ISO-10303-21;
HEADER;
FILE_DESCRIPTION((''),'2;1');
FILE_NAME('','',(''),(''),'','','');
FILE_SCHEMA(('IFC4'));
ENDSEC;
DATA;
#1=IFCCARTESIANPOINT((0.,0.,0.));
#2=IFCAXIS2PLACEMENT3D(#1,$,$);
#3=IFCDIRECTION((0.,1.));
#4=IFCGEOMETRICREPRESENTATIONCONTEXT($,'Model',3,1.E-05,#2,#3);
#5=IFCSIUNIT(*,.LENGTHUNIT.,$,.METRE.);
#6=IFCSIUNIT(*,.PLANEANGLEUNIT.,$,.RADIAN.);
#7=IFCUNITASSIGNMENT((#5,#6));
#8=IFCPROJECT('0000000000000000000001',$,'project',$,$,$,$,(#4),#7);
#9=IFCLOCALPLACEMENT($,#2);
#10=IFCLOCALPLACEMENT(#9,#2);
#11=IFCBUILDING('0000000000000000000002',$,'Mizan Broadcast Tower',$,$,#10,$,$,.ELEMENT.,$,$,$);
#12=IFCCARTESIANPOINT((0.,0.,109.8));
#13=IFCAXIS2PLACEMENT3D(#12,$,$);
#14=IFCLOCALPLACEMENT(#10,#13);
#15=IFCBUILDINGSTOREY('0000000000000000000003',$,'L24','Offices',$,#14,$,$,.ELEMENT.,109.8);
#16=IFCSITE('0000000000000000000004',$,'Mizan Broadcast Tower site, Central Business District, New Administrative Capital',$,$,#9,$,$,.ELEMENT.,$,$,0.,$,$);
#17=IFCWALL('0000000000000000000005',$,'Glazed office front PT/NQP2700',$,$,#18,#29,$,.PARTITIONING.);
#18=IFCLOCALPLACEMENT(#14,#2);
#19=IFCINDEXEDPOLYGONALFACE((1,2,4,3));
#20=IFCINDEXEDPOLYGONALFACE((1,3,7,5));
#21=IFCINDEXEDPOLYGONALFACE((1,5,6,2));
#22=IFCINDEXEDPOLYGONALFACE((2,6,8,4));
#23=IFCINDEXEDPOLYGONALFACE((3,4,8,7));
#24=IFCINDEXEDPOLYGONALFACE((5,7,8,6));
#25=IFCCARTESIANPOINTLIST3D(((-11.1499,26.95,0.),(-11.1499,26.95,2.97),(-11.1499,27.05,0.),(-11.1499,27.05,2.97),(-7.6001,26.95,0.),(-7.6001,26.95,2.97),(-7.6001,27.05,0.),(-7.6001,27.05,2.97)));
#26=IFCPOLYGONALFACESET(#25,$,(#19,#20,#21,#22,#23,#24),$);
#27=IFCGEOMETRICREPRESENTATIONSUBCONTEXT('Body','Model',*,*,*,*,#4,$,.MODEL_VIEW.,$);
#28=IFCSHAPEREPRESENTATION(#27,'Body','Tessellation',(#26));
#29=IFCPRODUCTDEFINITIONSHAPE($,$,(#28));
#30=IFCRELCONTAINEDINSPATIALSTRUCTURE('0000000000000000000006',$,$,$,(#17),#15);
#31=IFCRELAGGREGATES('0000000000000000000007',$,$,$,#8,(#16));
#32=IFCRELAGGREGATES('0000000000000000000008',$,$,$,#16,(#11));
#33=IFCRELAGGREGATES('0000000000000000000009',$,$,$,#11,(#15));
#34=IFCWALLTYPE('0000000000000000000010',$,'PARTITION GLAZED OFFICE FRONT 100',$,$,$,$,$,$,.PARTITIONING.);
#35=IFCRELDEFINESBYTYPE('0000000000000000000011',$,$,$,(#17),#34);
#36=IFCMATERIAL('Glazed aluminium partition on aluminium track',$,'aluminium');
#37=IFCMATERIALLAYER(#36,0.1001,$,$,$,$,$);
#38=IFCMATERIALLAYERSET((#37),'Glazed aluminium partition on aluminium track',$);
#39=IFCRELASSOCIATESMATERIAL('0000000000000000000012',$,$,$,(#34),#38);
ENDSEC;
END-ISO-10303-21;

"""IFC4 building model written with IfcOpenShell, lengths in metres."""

from ifc_helpers import new_model, si_unit, direction, frame, frame_2d, origin, place, context, subcontext, project, spatial, rectangle, extrude, material, layer, layer_set, type_object, element, save


model = new_model("IFC4")

# Units and contexts
model_context = context("Model", 3, precision=1e-05, world=origin(), true_north=direction((0.0, 1.0)))
body_context = subcontext(model_context, "Body", "Model", "MODEL_VIEW")
ifc_project = project(units=[si_unit("LENGTHUNIT", "METRE"), si_unit("PLANEANGLEUNIT", "RADIAN")], contexts=[model_context])

# Site, building, storey
site_placement = place(None, origin())
site = spatial("IfcSite", under=ifc_project, at=site_placement, Name="Mizan Broadcast Tower site, Central Business District, New Administrative Capital", CompositionType="ELEMENT", RefElevation=0.0)
building_placement = place(site_placement, origin())
building = spatial("IfcBuilding", under=site, at=building_placement, Name="Mizan Broadcast Tower", CompositionType="ELEMENT")
storey_placement = place(building_placement, frame((0.0, 0.0, 109.8)))
storey = spatial("IfcBuildingStorey", under=building, at=storey_placement, Name="L24", Description="Offices", CompositionType="ELEMENT", Elevation=109.8)

# Shared definitions
ifc_material_1 = material(Name="Glazed aluminium partition on aluminium track", Category="aluminium")
ifc_layer_1 = layer(ifc_material_1, 0.1001)
ifc_layer_set_1 = layer_set([ifc_layer_1], Name="Glazed aluminium partition on aluminium track")
wall_type = type_object("IfcWallType", Name="PARTITION GLAZED OFFICE FRONT 100", PredefinedType="PARTITIONING", material=ifc_layer_set_1)

# Wall
wall_1_placement = place(storey_placement, frame((-7.6001, 27.0, 0.0), z_axis=(0.0, 0.0, 1.0), x_axis=(-1.0, 0.0, 0.0)))
element("IfcWall", 1, at=wall_1_placement, inside=storey, type_object=wall_type, Name="Glazed office front PT/NQP2700", PredefinedType="PARTITIONING", context=body_context, shape_type="SweptSolid", body=[
    extrude(rectangle(XDim=3.5498, YDim=0.1001, at=frame_2d((1.7749, 0.0))), origin(), (0.0, 0.0, 1.0), 2.97),
])

save(model, "model.ifc")
